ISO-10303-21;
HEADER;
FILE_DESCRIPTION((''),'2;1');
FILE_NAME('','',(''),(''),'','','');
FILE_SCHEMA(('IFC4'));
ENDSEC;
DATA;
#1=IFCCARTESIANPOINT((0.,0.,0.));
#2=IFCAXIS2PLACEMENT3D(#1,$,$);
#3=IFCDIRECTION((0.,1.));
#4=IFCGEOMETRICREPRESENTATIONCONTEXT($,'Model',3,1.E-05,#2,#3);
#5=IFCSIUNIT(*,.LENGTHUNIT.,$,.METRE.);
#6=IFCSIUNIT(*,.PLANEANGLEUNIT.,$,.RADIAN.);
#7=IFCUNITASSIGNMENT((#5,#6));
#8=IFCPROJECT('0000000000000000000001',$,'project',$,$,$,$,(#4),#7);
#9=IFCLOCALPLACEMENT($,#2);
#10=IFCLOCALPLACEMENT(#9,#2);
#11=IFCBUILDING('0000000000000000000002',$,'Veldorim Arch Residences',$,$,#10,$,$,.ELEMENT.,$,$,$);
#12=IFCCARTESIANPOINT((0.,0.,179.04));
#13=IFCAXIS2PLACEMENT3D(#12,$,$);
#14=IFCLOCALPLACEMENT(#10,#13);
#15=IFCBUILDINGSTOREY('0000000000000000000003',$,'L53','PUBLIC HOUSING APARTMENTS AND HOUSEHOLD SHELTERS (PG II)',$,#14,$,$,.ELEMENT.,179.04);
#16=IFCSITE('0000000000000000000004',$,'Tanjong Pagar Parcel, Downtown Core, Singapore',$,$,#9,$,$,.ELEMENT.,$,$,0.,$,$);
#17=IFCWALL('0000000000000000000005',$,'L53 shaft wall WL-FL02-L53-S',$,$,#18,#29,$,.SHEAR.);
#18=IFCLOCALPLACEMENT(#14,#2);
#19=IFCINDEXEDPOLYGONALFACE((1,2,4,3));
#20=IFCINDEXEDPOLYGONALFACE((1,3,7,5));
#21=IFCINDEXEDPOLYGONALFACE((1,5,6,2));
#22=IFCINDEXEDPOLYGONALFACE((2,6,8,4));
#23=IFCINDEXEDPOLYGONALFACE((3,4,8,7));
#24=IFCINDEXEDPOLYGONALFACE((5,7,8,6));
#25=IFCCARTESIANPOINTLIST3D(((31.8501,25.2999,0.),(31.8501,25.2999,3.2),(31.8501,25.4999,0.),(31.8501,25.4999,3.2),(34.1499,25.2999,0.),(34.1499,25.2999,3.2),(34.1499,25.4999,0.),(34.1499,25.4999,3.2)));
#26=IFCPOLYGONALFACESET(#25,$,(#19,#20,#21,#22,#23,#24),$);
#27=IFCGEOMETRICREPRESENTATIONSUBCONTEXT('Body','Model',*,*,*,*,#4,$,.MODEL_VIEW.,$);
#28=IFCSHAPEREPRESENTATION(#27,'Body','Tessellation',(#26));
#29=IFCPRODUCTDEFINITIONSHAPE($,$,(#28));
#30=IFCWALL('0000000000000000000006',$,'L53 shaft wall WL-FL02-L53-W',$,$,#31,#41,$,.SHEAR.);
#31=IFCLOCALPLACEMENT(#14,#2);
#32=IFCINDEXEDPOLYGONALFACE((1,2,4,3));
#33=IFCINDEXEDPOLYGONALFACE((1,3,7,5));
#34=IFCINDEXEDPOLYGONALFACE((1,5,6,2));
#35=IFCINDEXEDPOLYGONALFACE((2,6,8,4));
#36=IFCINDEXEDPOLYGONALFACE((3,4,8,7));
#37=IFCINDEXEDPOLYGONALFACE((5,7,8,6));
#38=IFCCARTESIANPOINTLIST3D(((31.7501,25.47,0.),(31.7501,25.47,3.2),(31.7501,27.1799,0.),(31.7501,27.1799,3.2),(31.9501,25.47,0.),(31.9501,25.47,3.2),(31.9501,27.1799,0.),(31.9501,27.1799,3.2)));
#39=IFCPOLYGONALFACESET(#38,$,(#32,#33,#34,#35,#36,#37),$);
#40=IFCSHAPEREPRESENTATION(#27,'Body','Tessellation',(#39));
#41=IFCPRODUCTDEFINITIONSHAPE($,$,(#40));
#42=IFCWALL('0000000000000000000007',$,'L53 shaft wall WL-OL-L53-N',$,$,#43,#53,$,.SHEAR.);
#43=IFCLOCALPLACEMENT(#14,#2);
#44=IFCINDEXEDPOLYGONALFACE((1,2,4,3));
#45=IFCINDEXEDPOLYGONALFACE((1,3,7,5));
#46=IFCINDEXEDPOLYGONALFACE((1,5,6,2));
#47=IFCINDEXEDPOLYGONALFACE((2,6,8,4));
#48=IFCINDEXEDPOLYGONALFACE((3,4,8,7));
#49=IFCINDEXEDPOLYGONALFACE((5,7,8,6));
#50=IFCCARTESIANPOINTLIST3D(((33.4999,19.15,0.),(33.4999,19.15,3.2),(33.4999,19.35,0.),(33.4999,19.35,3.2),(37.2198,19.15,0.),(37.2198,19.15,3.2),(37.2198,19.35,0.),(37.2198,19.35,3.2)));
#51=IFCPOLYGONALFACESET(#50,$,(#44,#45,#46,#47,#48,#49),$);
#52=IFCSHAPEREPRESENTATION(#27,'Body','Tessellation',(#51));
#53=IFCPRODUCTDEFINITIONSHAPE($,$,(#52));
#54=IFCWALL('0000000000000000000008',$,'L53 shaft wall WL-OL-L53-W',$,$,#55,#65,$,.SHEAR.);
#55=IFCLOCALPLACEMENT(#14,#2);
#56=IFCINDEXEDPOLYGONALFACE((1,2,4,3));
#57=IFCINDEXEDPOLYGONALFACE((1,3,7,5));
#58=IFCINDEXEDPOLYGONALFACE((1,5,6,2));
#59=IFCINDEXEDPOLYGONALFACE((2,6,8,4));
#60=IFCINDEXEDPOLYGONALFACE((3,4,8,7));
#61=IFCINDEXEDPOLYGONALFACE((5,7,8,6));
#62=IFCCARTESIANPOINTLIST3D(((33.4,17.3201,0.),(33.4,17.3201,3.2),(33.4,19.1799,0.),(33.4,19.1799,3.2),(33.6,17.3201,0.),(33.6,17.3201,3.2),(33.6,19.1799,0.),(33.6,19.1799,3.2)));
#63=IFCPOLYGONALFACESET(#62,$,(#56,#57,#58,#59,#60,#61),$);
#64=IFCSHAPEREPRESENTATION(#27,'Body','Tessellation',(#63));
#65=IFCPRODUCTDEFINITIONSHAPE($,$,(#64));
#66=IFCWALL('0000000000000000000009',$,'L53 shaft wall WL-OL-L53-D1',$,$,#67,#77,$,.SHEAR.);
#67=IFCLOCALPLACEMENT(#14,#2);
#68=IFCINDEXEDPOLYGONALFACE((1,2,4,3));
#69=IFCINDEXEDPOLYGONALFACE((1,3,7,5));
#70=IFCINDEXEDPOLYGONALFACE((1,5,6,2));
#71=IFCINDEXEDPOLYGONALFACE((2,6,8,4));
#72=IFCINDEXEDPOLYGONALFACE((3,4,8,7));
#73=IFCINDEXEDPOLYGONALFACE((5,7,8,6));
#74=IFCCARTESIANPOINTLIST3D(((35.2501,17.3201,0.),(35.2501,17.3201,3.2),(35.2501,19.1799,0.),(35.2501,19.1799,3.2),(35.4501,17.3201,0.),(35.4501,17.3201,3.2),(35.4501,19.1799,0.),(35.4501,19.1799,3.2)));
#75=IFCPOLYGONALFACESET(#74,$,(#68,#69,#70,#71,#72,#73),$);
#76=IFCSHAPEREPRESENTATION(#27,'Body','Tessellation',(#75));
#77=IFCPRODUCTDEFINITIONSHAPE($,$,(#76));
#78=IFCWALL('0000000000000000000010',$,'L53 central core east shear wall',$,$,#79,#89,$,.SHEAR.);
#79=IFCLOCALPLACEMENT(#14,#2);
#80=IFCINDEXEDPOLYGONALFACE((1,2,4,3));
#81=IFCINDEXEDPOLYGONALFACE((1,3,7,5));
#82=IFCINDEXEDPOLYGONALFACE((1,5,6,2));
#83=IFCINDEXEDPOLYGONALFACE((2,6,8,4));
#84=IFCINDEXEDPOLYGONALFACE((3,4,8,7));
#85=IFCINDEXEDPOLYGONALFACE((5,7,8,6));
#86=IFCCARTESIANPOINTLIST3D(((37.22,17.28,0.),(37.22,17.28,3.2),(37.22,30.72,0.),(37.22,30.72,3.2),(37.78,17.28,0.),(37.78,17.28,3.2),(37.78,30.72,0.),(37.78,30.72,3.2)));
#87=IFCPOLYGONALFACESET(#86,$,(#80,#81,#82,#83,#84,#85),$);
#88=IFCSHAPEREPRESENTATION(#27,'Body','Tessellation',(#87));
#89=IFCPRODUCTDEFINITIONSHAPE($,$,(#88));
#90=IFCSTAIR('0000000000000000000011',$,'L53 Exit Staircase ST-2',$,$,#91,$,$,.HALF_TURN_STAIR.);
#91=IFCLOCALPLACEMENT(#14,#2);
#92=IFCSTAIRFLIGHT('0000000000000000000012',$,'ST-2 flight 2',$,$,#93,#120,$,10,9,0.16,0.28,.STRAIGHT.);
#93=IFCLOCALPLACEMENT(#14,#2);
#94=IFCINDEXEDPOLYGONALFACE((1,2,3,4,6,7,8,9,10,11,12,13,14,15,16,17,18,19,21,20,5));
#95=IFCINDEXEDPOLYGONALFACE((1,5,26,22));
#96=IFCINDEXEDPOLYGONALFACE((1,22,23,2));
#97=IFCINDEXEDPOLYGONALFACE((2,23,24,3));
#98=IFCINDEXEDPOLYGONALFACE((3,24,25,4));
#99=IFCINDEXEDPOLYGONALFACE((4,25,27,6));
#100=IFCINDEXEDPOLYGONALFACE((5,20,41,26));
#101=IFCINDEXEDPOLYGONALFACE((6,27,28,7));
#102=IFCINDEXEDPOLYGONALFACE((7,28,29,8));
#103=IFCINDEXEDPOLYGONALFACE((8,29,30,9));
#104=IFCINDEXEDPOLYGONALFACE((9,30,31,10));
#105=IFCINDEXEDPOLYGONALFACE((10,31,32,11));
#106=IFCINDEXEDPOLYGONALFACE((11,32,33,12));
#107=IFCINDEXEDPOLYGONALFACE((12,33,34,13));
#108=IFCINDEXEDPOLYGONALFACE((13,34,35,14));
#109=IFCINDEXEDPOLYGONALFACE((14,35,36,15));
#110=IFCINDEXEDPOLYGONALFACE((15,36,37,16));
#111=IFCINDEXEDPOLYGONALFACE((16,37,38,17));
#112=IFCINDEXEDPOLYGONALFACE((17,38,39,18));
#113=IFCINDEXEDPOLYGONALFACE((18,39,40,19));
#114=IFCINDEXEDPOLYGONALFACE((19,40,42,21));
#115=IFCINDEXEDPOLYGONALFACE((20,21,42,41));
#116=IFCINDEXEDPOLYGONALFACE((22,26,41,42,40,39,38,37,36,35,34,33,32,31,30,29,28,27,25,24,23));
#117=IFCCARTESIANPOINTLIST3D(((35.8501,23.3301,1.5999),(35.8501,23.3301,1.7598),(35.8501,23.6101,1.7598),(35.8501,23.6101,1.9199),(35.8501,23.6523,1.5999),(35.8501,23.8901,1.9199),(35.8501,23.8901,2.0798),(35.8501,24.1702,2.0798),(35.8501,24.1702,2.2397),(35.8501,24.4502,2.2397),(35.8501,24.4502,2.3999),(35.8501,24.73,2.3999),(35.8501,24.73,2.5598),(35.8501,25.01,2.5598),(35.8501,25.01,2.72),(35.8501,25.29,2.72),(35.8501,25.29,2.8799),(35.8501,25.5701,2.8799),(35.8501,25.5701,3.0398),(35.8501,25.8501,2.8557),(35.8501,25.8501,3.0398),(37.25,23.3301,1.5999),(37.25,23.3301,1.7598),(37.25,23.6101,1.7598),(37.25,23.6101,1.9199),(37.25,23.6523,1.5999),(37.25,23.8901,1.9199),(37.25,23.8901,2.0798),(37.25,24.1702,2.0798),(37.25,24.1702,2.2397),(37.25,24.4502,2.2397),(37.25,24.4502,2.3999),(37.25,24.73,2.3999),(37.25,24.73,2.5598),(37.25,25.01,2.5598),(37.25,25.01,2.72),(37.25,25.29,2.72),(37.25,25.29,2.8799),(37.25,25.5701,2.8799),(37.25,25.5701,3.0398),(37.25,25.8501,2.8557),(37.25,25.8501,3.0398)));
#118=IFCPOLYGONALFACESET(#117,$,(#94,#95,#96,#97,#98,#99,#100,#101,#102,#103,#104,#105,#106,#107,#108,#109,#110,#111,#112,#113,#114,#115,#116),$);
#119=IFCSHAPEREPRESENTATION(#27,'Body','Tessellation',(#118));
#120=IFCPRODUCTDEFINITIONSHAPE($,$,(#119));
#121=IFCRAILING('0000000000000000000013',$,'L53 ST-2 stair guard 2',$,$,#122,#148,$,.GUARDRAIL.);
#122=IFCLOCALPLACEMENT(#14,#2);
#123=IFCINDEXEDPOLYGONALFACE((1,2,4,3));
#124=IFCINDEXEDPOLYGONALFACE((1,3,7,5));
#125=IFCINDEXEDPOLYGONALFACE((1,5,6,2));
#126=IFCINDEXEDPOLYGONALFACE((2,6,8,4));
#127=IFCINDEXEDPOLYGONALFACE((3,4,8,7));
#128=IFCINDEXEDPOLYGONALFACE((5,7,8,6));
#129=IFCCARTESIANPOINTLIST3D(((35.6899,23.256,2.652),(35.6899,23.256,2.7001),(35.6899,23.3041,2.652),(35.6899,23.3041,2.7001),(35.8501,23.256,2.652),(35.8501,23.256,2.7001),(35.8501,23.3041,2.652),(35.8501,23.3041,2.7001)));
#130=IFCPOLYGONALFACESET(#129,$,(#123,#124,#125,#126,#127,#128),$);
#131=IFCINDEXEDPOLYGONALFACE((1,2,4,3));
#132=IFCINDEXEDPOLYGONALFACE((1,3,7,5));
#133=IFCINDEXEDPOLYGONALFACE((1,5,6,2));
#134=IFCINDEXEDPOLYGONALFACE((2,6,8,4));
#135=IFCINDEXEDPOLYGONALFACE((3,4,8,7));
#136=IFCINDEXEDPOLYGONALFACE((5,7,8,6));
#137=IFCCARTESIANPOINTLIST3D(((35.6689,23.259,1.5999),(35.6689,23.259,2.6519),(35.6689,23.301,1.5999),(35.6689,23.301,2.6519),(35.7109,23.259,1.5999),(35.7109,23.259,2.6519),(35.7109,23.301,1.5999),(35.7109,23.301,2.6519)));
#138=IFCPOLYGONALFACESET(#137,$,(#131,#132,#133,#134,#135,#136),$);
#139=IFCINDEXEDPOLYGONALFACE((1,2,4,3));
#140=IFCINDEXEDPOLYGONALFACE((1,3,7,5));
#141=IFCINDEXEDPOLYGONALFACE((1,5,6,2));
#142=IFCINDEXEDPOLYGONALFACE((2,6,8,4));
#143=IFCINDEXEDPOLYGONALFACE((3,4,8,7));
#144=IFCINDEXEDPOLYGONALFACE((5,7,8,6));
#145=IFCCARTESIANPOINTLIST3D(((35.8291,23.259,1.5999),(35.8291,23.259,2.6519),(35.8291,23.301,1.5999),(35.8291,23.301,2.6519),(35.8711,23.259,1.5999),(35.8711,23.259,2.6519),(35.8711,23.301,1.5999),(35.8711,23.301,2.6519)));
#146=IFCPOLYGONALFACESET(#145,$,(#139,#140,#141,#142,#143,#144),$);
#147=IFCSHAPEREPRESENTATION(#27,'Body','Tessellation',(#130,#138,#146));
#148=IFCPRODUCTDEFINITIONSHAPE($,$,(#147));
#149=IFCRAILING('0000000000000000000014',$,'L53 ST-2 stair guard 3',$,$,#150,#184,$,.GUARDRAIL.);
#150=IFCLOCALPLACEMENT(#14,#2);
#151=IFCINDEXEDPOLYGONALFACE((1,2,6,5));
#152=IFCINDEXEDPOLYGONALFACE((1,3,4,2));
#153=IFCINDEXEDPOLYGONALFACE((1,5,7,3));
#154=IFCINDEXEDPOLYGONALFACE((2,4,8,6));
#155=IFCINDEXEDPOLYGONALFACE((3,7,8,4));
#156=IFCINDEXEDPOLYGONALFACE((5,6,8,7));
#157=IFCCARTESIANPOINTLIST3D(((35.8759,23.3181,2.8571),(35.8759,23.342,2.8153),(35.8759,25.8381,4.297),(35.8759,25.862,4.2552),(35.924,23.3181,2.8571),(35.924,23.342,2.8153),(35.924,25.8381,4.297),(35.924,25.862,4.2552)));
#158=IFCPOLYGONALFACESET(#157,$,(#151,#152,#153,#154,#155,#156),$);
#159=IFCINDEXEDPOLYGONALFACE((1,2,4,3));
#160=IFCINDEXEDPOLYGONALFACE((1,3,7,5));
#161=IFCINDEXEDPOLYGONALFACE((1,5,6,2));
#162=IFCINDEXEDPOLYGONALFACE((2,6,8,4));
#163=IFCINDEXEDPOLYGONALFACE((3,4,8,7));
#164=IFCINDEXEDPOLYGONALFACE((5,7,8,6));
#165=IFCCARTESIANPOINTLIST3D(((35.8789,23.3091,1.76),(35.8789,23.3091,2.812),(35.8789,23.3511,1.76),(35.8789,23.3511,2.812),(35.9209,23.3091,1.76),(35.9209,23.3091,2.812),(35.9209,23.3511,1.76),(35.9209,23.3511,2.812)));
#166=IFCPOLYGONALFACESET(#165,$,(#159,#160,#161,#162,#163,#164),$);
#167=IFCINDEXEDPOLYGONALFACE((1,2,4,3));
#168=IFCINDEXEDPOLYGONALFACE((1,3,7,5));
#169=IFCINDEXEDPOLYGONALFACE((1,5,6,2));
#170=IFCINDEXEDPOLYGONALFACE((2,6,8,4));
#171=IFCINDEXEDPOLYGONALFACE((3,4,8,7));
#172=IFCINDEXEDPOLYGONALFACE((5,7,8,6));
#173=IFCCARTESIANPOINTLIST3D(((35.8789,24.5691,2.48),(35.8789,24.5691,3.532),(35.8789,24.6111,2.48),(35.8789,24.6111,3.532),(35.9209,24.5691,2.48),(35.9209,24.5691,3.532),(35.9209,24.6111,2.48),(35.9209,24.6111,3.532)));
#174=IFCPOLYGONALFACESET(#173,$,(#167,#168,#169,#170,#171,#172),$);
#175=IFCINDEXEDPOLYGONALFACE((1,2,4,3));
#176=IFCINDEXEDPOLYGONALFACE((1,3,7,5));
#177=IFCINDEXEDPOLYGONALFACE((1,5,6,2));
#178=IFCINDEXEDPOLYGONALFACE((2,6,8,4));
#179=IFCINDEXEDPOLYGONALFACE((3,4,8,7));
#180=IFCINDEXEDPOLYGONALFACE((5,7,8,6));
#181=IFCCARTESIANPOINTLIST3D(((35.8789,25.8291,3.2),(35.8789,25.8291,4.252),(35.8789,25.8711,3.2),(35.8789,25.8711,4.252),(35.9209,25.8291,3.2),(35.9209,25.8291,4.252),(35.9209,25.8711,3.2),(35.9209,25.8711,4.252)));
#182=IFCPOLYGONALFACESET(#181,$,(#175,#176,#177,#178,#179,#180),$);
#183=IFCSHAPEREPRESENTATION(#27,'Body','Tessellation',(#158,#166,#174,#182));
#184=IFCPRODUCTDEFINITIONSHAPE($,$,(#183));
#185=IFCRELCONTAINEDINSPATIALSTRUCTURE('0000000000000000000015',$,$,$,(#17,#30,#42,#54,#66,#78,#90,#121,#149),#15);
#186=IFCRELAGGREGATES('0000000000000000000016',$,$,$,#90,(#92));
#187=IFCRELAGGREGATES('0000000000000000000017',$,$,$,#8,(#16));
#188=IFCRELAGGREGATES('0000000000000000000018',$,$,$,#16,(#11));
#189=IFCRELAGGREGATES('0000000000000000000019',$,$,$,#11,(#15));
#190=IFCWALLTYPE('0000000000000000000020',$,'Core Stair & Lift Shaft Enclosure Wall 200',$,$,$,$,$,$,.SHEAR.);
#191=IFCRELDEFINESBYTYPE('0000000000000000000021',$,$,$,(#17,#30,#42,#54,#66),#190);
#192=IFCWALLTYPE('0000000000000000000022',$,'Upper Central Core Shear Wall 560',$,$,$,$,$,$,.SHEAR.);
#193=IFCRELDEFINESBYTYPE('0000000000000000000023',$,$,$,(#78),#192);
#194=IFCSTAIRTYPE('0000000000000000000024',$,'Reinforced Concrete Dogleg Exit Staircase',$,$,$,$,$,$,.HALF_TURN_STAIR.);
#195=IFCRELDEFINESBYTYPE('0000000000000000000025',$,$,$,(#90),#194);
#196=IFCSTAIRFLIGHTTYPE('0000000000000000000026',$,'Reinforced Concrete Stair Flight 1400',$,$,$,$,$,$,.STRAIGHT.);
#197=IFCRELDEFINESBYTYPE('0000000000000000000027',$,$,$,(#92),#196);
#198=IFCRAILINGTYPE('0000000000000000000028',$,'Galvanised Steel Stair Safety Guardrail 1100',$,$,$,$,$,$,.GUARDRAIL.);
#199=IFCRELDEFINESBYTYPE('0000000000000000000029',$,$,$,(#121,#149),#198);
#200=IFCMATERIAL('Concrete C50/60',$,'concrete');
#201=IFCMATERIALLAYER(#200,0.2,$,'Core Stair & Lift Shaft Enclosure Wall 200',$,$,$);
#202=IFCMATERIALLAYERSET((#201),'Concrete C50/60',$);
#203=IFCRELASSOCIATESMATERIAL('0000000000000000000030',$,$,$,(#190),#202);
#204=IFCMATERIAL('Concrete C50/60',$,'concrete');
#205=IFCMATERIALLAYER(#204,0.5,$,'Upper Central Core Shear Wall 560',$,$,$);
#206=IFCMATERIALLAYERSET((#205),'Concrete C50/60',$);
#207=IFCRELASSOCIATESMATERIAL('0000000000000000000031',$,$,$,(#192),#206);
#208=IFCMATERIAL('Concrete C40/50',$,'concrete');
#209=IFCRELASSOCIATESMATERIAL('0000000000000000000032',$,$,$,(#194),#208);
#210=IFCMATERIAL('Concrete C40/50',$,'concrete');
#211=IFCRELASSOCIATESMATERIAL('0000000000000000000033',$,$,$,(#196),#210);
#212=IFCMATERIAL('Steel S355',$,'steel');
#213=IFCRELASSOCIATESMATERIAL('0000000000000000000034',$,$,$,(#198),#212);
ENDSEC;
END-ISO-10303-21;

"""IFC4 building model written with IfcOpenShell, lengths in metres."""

from ifc_helpers import new_model, si_unit, direction, frame, frame_2d, origin, origin_2d, place, context, subcontext, project, spatial, polyline, rectangle, outline, extrude, material, layer, layer_set, type_object, element, aggregate, save


model = new_model("IFC4")

# Units and contexts
model_context = context("Model", 3, precision=1e-05, world=origin(), true_north=direction((0.0, 1.0)))
body_context = subcontext(model_context, "Body", "Model", "MODEL_VIEW")
ifc_project = project(units=[si_unit("LENGTHUNIT", "METRE"), si_unit("PLANEANGLEUNIT", "RADIAN")], contexts=[model_context])

# Site, building, storey
site_placement = place(None, origin())
site = spatial("IfcSite", under=ifc_project, at=site_placement, Name="Tanjong Pagar Parcel, Downtown Core, Singapore", CompositionType="ELEMENT", RefElevation=0.0)
building_placement = place(site_placement, origin())
building = spatial("IfcBuilding", under=site, at=building_placement, Name="Veldorim Arch Residences", CompositionType="ELEMENT")
storey_placement = place(building_placement, frame((0.0, 0.0, 179.04)))
storey = spatial("IfcBuildingStorey", under=building, at=storey_placement, Name="L53", Description="PUBLIC HOUSING APARTMENTS AND HOUSEHOLD SHELTERS (PG II)", CompositionType="ELEMENT", Elevation=179.04)

# Walls
ifc_material_1 = material(Name="Concrete C50/60", Category="concrete")
ifc_layer_1 = layer(ifc_material_1, 0.2, Name="Core Stair & Lift Shaft Enclosure Wall 200")
ifc_layer_set_1 = layer_set([ifc_layer_1], Name="Concrete C50/60")
wall_type_1 = type_object("IfcWallType", Name="Core Stair & Lift Shaft Enclosure Wall 200", PredefinedType="SHEAR", material=ifc_layer_set_1)
wall_1_placement = place(storey_placement, frame((31.8501, 25.3999, 0.0), z_axis=(0.0, 0.0, 1.0), x_axis=(1.0, 0.0, 0.0)))
element("IfcWall", 1, at=wall_1_placement, inside=storey, type_object=wall_type_1, Name="L53 shaft wall WL-FL02-L53-S", PredefinedType="SHEAR", context=body_context, shape_type="SweptSolid", body=[
    extrude(rectangle(XDim=2.2998, YDim=0.2, at=frame_2d((1.1499, 0.0))), origin(), (0.0, 0.0, 1.0), 3.2),
])
wall_2_placement = place(storey_placement, frame((31.8501, 25.47, 0.0), z_axis=(0.0, 0.0, 1.0), x_axis=(0.0, 1.0, 0.0)))
element("IfcWall", 2, at=wall_2_placement, inside=storey, type_object=wall_type_1, Name="L53 shaft wall WL-FL02-L53-W", PredefinedType="SHEAR", context=body_context, shape_type="SweptSolid", body=[
    extrude(rectangle(XDim=1.71, YDim=0.2, at=frame_2d((0.855, 0.0))), origin(), (0.0, 0.0, 1.0), 3.2),
])
wall_3_placement = place(storey_placement, frame((33.5, 19.25, 0.0), z_axis=(0.0, 0.0, 1.0), x_axis=(1.0, 0.0, 0.0)))
element("IfcWall", 3, at=wall_3_placement, inside=storey, type_object=wall_type_1, Name="L53 shaft wall WL-OL-L53-N", PredefinedType="SHEAR", context=body_context, shape_type="SweptSolid", body=[
    extrude(rectangle(XDim=3.72, YDim=0.2, at=frame_2d((1.8599, 0.0))), origin(), (0.0, 0.0, 1.0), 3.2),
])
for number, where, z_axis, x_axis, name in (
    (4, (33.5, 17.3201, 0.0), (0.0, 0.0, 1.0), (0.0, 1.0, 0.0), "L53 shaft wall WL-OL-L53-W"),
    (5, (35.3501, 17.3201, 0.0), (0.0, 0.0, 1.0), (0.0, 1.0, 0.0), "L53 shaft wall WL-OL-L53-D1"),
):
    element("IfcWall", number, at=place(storey_placement, frame(where, z_axis=z_axis, x_axis=x_axis)), inside=storey, type_object=wall_type_1, Name=name, PredefinedType="SHEAR", context=body_context, shape_type="SweptSolid", body=[
        extrude(rectangle(XDim=1.8599, YDim=0.2, at=frame_2d((0.9299, 0.0))), origin(), (0.0, 0.0, 1.0), 3.2),
    ])
ifc_material_2 = material(Name="Concrete C50/60", Category="concrete")
ifc_layer_2 = layer(ifc_material_2, 0.5, Name="Upper Central Core Shear Wall 560")
ifc_layer_set_2 = layer_set([ifc_layer_2], Name="Concrete C50/60")
wall_type_2 = type_object("IfcWallType", Name="Upper Central Core Shear Wall 560", PredefinedType="SHEAR", material=ifc_layer_set_2)
wall_4_placement = place(storey_placement, frame((37.5, 17.28, 0.0), z_axis=(0.0, 0.0, 1.0), x_axis=(0.0, 1.0, 0.0)))
element("IfcWall", 6, at=wall_4_placement, inside=storey, type_object=wall_type_2, Name="L53 central core east shear wall", PredefinedType="SHEAR", context=body_context, shape_type="SweptSolid", body=[
    extrude(rectangle(XDim=13.4399, YDim=0.5601, at=frame_2d((6.72, 0.0))), origin(), (0.0, 0.0, 1.0), 3.2),
])

# Stair, stair flight
ifc_material_3 = material(Name="Concrete C40/50", Category="concrete")
stair_type = type_object("IfcStairType", Name="Reinforced Concrete Dogleg Exit Staircase", PredefinedType="HALF_TURN_STAIR", material=ifc_material_3)
stair_placement = place(storey_placement, origin())
stair = element("IfcStair", 7, at=stair_placement, inside=storey, type_object=stair_type, Name="L53 Exit Staircase ST-2", PredefinedType="HALF_TURN_STAIR")
ifc_material_4 = material(Name="Concrete C40/50", Category="concrete")
stair_flight_type = type_object("IfcStairFlightType", Name="Reinforced Concrete Stair Flight 1400", PredefinedType="STRAIGHT", material=ifc_material_4)
stair_flight_placement = place(storey_placement, frame((36.55, 23.3301, 1.5999), z_axis=(0.0, 0.0, 1.0), x_axis=(0.0, 1.0, 0.0)))
stair_flight = element("IfcStairFlight", 8, at=stair_flight_placement, type_object=stair_flight_type, Name="ST-2 flight 2", NumberOfRisers=10, NumberOfTreads=9, PredefinedType="STRAIGHT", RiserHeight=0.16, TreadLength=0.28, context=body_context, shape_type="SweptSolid", body=[
    extrude(outline(polyline([(0.0, 0.0), (0.0, 0.1599), (0.28, 0.1599), (0.28, 0.3201), (0.5601, 0.3201), (0.5601, 0.48), (0.8401, 0.48), (0.8401, 0.6399), (1.1201, 0.6399), (1.1201, 0.8), (1.3999, 0.8), (1.3999, 0.96), (1.6799, 0.96), (1.6799, 1.1201), (1.96, 1.1201), (1.96, 1.28), (2.24, 1.28), (2.24, 1.4399), (2.52, 1.4399), (2.52, 1.6001), (2.52, 1.2559), (0.3223, 0.0), (0.0, 0.0)])), frame((0.0, 0.7, 0.0), z_axis=(0.0, -1.0, 0.0), x_axis=(1.0, 0.0, 0.0)), (0.0, 0.0, 1.0), 1.3999),
])
aggregate(stair, [stair_flight])

# Railings
ifc_material_5 = material(Name="Steel S355", Category="steel")
railing_type_1 = type_object("IfcRailingType", Name="Galvanised Steel Stair Safety Guardrail 1100", PredefinedType="GUARDRAIL", material=ifc_material_5)
railing_1_placement = place(storey_placement, frame((35.6899, 23.28, 1.5999)))
element("IfcRailing", 9, at=railing_1_placement, inside=storey, type_object=railing_type_1, Name="L53 ST-2 stair guard 2", PredefinedType="GUARDRAIL", context=body_context, shape_type="SweptSolid", body=[
    extrude(rectangle(XDim=0.0481, YDim=0.0481, at=origin_2d()), frame((0.0, 0.0, 1.0762), z_axis=(1.0, 0.0, 0.0), x_axis=(0.0, 1.0, 0.0)), (0.0, 0.0, 1.0), 0.1602),
    extrude(rectangle(XDim=0.042, YDim=0.042, at=origin_2d()), origin(), (0.0, 0.0, 1.0), 1.052),
    extrude(rectangle(XDim=0.042, YDim=0.042, at=origin_2d()), frame((0.1602, 0.0, 0.0)), (0.0, 0.0, 1.0), 1.052),
])
railing_2_placement = place(storey_placement, frame((35.8999, 23.3301, 1.76)))
element("IfcRailing", 10, at=railing_2_placement, inside=storey, type_object=railing_type_1, Name="L53 ST-2 stair guard 3", PredefinedType="GUARDRAIL", context=body_context, shape_type="SweptSolid", body=[
    extrude(rectangle(XDim=0.0481, YDim=0.0481, at=origin_2d()), frame((0.0, 0.0, 1.0762), z_axis=(0.0, 0.868253, 0.496121), x_axis=(-1.0, 0.0, 0.0)), (0.0, 0.0, 1.0), 2.9023),
    extrude(rectangle(XDim=0.042, YDim=0.042, at=origin_2d()), origin(), (0.0, 0.0, 1.0), 1.052),
    extrude(rectangle(XDim=0.042, YDim=0.042, at=origin_2d()), frame((0.0, 1.26, 0.72)), (0.0, 0.0, 1.0), 1.052),
    extrude(rectangle(XDim=0.042, YDim=0.042, at=origin_2d()), frame((0.0, 2.52, 1.4399)), (0.0, 0.0, 1.0), 1.052),
])

save(model, "model.ifc")
